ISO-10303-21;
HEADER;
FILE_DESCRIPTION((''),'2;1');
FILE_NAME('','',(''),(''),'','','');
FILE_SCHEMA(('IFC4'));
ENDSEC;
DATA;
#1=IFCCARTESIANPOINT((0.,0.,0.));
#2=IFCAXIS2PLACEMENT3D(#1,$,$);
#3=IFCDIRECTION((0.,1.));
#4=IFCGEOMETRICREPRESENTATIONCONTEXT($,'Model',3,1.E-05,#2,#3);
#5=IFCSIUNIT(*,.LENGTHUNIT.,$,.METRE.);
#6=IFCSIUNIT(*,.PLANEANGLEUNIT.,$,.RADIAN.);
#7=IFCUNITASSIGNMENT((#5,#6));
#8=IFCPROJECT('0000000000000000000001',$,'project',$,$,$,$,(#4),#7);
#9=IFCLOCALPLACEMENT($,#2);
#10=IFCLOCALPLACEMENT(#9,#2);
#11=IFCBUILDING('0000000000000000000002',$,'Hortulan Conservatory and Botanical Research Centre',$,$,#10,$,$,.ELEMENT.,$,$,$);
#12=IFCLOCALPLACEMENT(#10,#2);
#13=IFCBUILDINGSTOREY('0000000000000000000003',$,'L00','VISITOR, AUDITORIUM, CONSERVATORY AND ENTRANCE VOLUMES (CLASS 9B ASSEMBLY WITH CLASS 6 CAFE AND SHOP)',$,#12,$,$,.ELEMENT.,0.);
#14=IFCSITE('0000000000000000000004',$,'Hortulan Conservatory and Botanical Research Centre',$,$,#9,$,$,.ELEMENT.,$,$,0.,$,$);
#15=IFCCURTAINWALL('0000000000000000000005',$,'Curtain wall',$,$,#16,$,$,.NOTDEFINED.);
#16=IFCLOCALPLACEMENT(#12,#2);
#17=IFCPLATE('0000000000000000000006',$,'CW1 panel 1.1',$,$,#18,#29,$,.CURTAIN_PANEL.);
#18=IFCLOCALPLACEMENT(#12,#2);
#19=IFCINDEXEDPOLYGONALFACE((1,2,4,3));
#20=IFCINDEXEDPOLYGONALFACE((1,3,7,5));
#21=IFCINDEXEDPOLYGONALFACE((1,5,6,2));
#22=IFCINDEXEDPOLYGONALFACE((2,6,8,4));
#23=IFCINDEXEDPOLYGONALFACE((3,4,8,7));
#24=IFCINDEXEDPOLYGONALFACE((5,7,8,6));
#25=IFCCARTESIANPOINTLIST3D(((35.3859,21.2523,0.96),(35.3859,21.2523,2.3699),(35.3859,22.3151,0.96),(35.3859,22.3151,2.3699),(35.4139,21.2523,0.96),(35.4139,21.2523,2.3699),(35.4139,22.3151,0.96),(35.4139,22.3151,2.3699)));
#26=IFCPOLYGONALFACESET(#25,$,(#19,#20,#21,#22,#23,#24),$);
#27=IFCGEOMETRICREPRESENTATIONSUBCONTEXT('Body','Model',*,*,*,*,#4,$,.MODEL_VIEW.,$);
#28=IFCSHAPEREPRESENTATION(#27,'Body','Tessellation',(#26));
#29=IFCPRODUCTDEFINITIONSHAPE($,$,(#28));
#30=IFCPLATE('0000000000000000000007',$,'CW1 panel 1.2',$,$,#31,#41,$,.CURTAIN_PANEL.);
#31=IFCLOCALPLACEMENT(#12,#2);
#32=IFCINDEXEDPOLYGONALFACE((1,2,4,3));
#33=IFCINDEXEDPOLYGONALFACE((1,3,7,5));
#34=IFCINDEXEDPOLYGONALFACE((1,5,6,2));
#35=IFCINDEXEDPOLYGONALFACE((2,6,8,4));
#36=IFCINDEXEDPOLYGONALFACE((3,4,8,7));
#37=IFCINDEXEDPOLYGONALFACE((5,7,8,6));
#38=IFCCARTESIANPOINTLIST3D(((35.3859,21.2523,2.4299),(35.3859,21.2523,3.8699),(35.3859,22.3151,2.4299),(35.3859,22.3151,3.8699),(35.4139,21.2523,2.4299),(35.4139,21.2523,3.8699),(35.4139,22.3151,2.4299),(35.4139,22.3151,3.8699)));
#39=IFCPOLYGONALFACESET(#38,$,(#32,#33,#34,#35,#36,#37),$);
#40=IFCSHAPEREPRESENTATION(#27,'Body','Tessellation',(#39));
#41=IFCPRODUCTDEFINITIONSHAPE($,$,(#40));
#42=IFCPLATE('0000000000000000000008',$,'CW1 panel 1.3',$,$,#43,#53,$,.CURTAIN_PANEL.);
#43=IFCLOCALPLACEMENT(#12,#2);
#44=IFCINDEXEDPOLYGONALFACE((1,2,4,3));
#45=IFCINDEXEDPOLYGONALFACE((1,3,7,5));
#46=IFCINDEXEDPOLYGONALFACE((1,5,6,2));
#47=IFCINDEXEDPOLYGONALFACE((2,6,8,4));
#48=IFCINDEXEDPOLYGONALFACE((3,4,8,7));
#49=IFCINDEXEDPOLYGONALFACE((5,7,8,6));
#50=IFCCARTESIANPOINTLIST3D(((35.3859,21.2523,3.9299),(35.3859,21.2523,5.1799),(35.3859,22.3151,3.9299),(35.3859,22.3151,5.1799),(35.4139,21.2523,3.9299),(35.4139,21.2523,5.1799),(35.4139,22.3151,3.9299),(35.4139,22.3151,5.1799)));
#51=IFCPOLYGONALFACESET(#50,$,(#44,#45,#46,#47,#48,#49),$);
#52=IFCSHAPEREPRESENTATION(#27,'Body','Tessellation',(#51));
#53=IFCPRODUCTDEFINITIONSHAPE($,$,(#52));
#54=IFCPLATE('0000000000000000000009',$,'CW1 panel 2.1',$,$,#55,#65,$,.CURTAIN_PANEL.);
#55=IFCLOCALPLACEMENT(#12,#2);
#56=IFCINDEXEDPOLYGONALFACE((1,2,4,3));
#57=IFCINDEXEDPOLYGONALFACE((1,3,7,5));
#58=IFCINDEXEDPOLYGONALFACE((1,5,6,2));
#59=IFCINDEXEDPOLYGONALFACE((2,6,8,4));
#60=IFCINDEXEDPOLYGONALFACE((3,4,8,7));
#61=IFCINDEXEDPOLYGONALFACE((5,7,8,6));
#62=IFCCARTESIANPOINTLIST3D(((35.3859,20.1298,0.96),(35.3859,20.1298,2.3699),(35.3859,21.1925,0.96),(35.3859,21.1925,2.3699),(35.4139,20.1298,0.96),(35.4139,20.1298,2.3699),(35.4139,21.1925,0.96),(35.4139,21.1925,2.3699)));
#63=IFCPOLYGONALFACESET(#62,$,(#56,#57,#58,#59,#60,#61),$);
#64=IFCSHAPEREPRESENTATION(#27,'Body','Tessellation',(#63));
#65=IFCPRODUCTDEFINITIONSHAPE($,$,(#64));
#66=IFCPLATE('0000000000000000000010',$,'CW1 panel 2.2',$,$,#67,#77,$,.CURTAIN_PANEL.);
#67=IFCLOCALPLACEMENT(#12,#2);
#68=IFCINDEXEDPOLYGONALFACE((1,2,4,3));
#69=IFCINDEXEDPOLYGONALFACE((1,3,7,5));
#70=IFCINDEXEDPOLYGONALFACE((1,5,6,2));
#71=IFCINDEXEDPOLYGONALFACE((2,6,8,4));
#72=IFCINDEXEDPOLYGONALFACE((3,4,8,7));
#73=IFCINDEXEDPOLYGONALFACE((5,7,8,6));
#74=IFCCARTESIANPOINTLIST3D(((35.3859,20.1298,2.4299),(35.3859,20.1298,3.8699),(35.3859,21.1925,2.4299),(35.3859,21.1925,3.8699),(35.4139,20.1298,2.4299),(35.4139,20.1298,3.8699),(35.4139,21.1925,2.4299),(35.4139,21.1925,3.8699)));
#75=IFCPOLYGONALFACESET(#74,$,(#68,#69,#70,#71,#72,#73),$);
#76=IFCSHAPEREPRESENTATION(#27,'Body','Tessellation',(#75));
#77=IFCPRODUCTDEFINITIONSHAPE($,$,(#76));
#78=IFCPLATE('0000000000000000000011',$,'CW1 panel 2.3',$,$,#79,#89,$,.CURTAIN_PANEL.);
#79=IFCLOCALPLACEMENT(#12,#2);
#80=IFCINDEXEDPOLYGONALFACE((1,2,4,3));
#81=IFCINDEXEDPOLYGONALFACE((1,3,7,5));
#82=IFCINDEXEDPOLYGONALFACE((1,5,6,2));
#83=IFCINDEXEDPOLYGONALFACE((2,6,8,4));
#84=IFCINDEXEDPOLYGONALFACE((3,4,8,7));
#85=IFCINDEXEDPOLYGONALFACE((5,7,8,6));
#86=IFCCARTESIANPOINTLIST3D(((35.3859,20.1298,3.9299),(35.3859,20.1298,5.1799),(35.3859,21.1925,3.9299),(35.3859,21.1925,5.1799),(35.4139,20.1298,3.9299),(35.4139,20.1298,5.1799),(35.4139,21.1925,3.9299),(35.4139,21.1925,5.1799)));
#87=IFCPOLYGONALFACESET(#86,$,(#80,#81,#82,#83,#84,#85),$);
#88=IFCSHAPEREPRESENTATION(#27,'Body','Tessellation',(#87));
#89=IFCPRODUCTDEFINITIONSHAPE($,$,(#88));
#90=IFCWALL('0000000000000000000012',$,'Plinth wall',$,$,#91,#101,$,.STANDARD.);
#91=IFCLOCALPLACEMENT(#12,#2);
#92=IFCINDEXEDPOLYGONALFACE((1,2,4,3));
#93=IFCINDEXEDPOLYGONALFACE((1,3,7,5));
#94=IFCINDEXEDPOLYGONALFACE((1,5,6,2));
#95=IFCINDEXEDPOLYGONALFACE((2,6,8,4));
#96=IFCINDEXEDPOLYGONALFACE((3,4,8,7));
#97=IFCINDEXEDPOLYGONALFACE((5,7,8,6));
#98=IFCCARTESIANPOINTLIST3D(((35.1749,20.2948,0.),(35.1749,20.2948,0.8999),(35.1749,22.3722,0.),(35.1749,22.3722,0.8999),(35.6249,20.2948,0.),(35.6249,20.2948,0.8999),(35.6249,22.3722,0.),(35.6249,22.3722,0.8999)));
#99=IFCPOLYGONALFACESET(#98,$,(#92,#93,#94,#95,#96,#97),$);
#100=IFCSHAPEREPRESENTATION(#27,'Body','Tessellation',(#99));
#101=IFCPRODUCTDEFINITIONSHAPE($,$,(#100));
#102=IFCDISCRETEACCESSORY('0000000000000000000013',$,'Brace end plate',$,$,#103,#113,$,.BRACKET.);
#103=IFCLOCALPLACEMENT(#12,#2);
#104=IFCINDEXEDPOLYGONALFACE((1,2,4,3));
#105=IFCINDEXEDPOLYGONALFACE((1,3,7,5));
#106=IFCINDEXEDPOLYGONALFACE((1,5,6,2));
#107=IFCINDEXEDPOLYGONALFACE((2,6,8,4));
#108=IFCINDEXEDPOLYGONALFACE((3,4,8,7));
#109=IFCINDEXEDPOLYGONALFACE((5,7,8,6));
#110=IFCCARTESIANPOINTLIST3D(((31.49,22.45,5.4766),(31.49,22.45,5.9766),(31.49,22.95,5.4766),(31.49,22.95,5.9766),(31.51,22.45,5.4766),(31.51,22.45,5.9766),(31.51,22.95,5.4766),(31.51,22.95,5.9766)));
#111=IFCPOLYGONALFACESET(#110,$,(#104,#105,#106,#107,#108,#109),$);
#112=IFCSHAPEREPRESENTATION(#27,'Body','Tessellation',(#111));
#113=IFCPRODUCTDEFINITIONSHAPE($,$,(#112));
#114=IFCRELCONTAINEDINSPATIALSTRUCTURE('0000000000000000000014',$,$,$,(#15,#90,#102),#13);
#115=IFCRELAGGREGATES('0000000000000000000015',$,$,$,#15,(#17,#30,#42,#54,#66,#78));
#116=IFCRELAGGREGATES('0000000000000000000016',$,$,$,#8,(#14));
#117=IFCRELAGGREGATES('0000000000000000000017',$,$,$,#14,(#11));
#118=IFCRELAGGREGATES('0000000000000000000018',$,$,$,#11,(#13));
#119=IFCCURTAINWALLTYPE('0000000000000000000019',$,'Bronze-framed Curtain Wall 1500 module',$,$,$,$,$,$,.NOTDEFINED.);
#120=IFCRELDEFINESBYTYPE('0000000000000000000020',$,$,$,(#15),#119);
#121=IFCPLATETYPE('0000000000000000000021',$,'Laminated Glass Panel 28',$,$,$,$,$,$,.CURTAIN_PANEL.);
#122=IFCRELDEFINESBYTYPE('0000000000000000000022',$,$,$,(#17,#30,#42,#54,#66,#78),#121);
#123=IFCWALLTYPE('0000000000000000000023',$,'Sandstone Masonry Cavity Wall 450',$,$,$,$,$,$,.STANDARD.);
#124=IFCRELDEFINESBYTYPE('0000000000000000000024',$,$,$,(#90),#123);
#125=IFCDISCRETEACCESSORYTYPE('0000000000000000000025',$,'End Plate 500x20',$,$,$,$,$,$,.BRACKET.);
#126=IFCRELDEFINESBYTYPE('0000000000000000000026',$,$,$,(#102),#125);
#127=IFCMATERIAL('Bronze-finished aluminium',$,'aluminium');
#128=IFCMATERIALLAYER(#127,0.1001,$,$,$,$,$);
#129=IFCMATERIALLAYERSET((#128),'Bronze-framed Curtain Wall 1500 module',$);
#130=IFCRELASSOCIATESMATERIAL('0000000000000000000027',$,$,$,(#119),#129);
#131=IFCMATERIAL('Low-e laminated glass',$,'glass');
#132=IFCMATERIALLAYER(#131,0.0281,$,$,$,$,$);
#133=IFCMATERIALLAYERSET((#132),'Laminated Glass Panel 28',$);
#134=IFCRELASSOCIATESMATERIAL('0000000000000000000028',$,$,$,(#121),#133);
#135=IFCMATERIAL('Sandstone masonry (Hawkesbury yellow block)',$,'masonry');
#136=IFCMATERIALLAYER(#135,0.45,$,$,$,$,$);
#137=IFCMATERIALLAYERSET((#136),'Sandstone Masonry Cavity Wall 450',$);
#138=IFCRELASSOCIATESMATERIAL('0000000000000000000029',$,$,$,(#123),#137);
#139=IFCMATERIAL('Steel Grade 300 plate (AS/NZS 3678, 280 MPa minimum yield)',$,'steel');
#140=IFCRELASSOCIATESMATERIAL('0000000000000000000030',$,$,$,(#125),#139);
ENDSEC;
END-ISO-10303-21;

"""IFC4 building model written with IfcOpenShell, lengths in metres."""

from ifc_helpers import new_model, si_unit, direction, frame, frame_2d, origin, origin_2d, place, context, subcontext, project, spatial, rectangle, extrude, material, layer, layer_set, type_object, element, aggregate, save


model = new_model("IFC4")

# Units and contexts
model_context = context("Model", 3, precision=1e-05, world=origin(), true_north=direction((0.0, 1.0)))
body_context = subcontext(model_context, "Body", "Model", "MODEL_VIEW")
ifc_project = project(units=[si_unit("LENGTHUNIT", "METRE"), si_unit("PLANEANGLEUNIT", "RADIAN")], contexts=[model_context])

# Site, building, storey
site_placement = place(None, origin())
site = spatial("IfcSite", under=ifc_project, at=site_placement, Name="Hortulan Conservatory and Botanical Research Centre", CompositionType="ELEMENT", RefElevation=0.0)
building_placement = place(site_placement, origin())
building = spatial("IfcBuilding", under=site, at=building_placement, Name="Hortulan Conservatory and Botanical Research Centre", CompositionType="ELEMENT")
storey_placement = place(building_placement, origin())
storey = spatial("IfcBuildingStorey", under=building, at=storey_placement, Name="L00", Description="VISITOR, AUDITORIUM, CONSERVATORY AND ENTRANCE VOLUMES (CLASS 9B ASSEMBLY WITH CLASS 6 CAFE AND SHOP)", CompositionType="ELEMENT", Elevation=0.0)

# Shared definitions
ifc_material_1 = material(Name="Bronze-finished aluminium", Category="aluminium")
ifc_layer_1 = layer(ifc_material_1, 0.1001)
ifc_layer_set_1 = layer_set([ifc_layer_1], Name="Bronze-framed Curtain Wall 1500 module")
curtain_wall_type = type_object("IfcCurtainWallType", Name="Bronze-framed Curtain Wall 1500 module", PredefinedType="NOTDEFINED", material=ifc_layer_set_1)

# Curtain wall
curtain_wall_1_placement = place(storey_placement, origin())
curtain_wall_1 = element("IfcCurtainWall", 1, at=curtain_wall_1_placement, inside=storey, type_object=curtain_wall_type, Name="Curtain wall", PredefinedType="NOTDEFINED")

# Plates
ifc_material_2 = material(Name="Low-e laminated glass", Category="glass")
ifc_layer_2 = layer(ifc_material_2, 0.0281)
ifc_layer_set_2 = layer_set([ifc_layer_2], Name="Laminated Glass Panel 28")
plate_type = type_object("IfcPlateType", Name="Laminated Glass Panel 28", PredefinedType="CURTAIN_PANEL", material=ifc_layer_set_2)
plate_1_placement = place(storey_placement, frame((35.3999, 21.7837, 0.96), z_axis=(0.0, 0.0, 1.0), x_axis=(0.0, -1.0, 0.0)))
plate_1 = element("IfcPlate", 2, at=plate_1_placement, type_object=plate_type, Name="CW1 panel 1.1", PredefinedType="CURTAIN_PANEL", context=body_context, shape_type="SweptSolid", body=[
    extrude(rectangle(XDim=1.0627, YDim=0.0281, at=origin_2d()), origin(), (0.0, 0.0, 1.0), 1.4099),
])
plate_2_placement = place(storey_placement, frame((35.3999, 21.7837, 2.4299), z_axis=(0.0, 0.0, 1.0), x_axis=(0.0, -1.0, 0.0)))
plate_2 = element("IfcPlate", 3, at=plate_2_placement, type_object=plate_type, Name="CW1 panel 1.2", PredefinedType="CURTAIN_PANEL", context=body_context, shape_type="SweptSolid", body=[
    extrude(rectangle(XDim=1.0627, YDim=0.0281, at=origin_2d()), origin(), (0.0, 0.0, 1.0), 1.4399),
])
plate_3_placement = place(storey_placement, frame((35.3999, 21.7837, 3.9299), z_axis=(0.0, 0.0, 1.0), x_axis=(0.0, -1.0, 0.0)))
plate_3 = element("IfcPlate", 4, at=plate_3_placement, type_object=plate_type, Name="CW1 panel 1.3", PredefinedType="CURTAIN_PANEL", context=body_context, shape_type="SweptSolid", body=[
    extrude(rectangle(XDim=1.0627, YDim=0.0281, at=origin_2d()), origin(), (0.0, 0.0, 1.0), 1.25),
])
plate_4_placement = place(storey_placement, frame((35.3999, 20.6611, 0.96), z_axis=(0.0, 0.0, 1.0), x_axis=(0.0, -1.0, 0.0)))
plate_4 = element("IfcPlate", 5, at=plate_4_placement, type_object=plate_type, Name="CW1 panel 2.1", PredefinedType="CURTAIN_PANEL", context=body_context, shape_type="SweptSolid", body=[
    extrude(rectangle(XDim=1.0627, YDim=0.0281, at=origin_2d()), origin(), (0.0, 0.0, 1.0), 1.4099),
])
plate_5_placement = place(storey_placement, frame((35.3999, 20.6611, 2.4299), z_axis=(0.0, 0.0, 1.0), x_axis=(0.0, -1.0, 0.0)))
plate_5 = element("IfcPlate", 6, at=plate_5_placement, type_object=plate_type, Name="CW1 panel 2.2", PredefinedType="CURTAIN_PANEL", context=body_context, shape_type="SweptSolid", body=[
    extrude(rectangle(XDim=1.0627, YDim=0.0281, at=origin_2d()), origin(), (0.0, 0.0, 1.0), 1.4399),
])
plate_6_placement = place(storey_placement, frame((35.3999, 20.6611, 3.9299), z_axis=(0.0, 0.0, 1.0), x_axis=(0.0, -1.0, 0.0)))
plate_6 = element("IfcPlate", 7, at=plate_6_placement, type_object=plate_type, Name="CW1 panel 2.3", PredefinedType="CURTAIN_PANEL", context=body_context, shape_type="SweptSolid", body=[
    extrude(rectangle(XDim=1.0627, YDim=0.0281, at=origin_2d()), origin(), (0.0, 0.0, 1.0), 1.25),
])
aggregate(curtain_wall_1, [plate_1, plate_2, plate_3, plate_4, plate_5, plate_6])

# Wall
ifc_material_3 = material(Name="Sandstone masonry (Hawkesbury yellow block)", Category="masonry")
ifc_layer_3 = layer(ifc_material_3, 0.45)
ifc_layer_set_3 = layer_set([ifc_layer_3], Name="Sandstone Masonry Cavity Wall 450")
wall_type = type_object("IfcWallType", Name="Sandstone Masonry Cavity Wall 450", PredefinedType="STANDARD", material=ifc_layer_set_3)
wall_placement = place(storey_placement, frame((35.3999, 22.3721, 0.0), z_axis=(0.0, 0.0, 1.0), x_axis=(0.0, -1.0, 0.0)))
element("IfcWall", 8, at=wall_placement, inside=storey, type_object=wall_type, Name="Plinth wall", PredefinedType="STANDARD", context=body_context, shape_type="SweptSolid", body=[
    extrude(rectangle(XDim=2.0774, YDim=0.45, at=frame_2d((1.0386, 0.0))), origin(), (0.0, 0.0, 1.0), 0.8999),
])

# Discrete accessory
ifc_material_4 = material(Name="Steel Grade 300 plate (AS/NZS 3678, 280 MPa minimum yield)", Category="steel")
discrete_accessory_type = type_object("IfcDiscreteAccessoryType", Name="End Plate 500x20", PredefinedType="BRACKET", material=ifc_material_4)
discrete_accessory_placement = place(storey_placement, frame((31.5, 22.7, 5.4766), z_axis=(0.0, 0.0, 1.0), x_axis=(0.0, -1.0, 0.0)))
element("IfcDiscreteAccessory", 9, at=discrete_accessory_placement, inside=storey, type_object=discrete_accessory_type, Name="Brace end plate", PredefinedType="BRACKET", context=body_context, shape_type="SweptSolid", body=[
    extrude(rectangle(XDim=0.5, YDim=0.02, at=origin_2d()), origin(), (0.0, 0.0, 1.0), 0.5),
])

save(model, "model.ifc")
